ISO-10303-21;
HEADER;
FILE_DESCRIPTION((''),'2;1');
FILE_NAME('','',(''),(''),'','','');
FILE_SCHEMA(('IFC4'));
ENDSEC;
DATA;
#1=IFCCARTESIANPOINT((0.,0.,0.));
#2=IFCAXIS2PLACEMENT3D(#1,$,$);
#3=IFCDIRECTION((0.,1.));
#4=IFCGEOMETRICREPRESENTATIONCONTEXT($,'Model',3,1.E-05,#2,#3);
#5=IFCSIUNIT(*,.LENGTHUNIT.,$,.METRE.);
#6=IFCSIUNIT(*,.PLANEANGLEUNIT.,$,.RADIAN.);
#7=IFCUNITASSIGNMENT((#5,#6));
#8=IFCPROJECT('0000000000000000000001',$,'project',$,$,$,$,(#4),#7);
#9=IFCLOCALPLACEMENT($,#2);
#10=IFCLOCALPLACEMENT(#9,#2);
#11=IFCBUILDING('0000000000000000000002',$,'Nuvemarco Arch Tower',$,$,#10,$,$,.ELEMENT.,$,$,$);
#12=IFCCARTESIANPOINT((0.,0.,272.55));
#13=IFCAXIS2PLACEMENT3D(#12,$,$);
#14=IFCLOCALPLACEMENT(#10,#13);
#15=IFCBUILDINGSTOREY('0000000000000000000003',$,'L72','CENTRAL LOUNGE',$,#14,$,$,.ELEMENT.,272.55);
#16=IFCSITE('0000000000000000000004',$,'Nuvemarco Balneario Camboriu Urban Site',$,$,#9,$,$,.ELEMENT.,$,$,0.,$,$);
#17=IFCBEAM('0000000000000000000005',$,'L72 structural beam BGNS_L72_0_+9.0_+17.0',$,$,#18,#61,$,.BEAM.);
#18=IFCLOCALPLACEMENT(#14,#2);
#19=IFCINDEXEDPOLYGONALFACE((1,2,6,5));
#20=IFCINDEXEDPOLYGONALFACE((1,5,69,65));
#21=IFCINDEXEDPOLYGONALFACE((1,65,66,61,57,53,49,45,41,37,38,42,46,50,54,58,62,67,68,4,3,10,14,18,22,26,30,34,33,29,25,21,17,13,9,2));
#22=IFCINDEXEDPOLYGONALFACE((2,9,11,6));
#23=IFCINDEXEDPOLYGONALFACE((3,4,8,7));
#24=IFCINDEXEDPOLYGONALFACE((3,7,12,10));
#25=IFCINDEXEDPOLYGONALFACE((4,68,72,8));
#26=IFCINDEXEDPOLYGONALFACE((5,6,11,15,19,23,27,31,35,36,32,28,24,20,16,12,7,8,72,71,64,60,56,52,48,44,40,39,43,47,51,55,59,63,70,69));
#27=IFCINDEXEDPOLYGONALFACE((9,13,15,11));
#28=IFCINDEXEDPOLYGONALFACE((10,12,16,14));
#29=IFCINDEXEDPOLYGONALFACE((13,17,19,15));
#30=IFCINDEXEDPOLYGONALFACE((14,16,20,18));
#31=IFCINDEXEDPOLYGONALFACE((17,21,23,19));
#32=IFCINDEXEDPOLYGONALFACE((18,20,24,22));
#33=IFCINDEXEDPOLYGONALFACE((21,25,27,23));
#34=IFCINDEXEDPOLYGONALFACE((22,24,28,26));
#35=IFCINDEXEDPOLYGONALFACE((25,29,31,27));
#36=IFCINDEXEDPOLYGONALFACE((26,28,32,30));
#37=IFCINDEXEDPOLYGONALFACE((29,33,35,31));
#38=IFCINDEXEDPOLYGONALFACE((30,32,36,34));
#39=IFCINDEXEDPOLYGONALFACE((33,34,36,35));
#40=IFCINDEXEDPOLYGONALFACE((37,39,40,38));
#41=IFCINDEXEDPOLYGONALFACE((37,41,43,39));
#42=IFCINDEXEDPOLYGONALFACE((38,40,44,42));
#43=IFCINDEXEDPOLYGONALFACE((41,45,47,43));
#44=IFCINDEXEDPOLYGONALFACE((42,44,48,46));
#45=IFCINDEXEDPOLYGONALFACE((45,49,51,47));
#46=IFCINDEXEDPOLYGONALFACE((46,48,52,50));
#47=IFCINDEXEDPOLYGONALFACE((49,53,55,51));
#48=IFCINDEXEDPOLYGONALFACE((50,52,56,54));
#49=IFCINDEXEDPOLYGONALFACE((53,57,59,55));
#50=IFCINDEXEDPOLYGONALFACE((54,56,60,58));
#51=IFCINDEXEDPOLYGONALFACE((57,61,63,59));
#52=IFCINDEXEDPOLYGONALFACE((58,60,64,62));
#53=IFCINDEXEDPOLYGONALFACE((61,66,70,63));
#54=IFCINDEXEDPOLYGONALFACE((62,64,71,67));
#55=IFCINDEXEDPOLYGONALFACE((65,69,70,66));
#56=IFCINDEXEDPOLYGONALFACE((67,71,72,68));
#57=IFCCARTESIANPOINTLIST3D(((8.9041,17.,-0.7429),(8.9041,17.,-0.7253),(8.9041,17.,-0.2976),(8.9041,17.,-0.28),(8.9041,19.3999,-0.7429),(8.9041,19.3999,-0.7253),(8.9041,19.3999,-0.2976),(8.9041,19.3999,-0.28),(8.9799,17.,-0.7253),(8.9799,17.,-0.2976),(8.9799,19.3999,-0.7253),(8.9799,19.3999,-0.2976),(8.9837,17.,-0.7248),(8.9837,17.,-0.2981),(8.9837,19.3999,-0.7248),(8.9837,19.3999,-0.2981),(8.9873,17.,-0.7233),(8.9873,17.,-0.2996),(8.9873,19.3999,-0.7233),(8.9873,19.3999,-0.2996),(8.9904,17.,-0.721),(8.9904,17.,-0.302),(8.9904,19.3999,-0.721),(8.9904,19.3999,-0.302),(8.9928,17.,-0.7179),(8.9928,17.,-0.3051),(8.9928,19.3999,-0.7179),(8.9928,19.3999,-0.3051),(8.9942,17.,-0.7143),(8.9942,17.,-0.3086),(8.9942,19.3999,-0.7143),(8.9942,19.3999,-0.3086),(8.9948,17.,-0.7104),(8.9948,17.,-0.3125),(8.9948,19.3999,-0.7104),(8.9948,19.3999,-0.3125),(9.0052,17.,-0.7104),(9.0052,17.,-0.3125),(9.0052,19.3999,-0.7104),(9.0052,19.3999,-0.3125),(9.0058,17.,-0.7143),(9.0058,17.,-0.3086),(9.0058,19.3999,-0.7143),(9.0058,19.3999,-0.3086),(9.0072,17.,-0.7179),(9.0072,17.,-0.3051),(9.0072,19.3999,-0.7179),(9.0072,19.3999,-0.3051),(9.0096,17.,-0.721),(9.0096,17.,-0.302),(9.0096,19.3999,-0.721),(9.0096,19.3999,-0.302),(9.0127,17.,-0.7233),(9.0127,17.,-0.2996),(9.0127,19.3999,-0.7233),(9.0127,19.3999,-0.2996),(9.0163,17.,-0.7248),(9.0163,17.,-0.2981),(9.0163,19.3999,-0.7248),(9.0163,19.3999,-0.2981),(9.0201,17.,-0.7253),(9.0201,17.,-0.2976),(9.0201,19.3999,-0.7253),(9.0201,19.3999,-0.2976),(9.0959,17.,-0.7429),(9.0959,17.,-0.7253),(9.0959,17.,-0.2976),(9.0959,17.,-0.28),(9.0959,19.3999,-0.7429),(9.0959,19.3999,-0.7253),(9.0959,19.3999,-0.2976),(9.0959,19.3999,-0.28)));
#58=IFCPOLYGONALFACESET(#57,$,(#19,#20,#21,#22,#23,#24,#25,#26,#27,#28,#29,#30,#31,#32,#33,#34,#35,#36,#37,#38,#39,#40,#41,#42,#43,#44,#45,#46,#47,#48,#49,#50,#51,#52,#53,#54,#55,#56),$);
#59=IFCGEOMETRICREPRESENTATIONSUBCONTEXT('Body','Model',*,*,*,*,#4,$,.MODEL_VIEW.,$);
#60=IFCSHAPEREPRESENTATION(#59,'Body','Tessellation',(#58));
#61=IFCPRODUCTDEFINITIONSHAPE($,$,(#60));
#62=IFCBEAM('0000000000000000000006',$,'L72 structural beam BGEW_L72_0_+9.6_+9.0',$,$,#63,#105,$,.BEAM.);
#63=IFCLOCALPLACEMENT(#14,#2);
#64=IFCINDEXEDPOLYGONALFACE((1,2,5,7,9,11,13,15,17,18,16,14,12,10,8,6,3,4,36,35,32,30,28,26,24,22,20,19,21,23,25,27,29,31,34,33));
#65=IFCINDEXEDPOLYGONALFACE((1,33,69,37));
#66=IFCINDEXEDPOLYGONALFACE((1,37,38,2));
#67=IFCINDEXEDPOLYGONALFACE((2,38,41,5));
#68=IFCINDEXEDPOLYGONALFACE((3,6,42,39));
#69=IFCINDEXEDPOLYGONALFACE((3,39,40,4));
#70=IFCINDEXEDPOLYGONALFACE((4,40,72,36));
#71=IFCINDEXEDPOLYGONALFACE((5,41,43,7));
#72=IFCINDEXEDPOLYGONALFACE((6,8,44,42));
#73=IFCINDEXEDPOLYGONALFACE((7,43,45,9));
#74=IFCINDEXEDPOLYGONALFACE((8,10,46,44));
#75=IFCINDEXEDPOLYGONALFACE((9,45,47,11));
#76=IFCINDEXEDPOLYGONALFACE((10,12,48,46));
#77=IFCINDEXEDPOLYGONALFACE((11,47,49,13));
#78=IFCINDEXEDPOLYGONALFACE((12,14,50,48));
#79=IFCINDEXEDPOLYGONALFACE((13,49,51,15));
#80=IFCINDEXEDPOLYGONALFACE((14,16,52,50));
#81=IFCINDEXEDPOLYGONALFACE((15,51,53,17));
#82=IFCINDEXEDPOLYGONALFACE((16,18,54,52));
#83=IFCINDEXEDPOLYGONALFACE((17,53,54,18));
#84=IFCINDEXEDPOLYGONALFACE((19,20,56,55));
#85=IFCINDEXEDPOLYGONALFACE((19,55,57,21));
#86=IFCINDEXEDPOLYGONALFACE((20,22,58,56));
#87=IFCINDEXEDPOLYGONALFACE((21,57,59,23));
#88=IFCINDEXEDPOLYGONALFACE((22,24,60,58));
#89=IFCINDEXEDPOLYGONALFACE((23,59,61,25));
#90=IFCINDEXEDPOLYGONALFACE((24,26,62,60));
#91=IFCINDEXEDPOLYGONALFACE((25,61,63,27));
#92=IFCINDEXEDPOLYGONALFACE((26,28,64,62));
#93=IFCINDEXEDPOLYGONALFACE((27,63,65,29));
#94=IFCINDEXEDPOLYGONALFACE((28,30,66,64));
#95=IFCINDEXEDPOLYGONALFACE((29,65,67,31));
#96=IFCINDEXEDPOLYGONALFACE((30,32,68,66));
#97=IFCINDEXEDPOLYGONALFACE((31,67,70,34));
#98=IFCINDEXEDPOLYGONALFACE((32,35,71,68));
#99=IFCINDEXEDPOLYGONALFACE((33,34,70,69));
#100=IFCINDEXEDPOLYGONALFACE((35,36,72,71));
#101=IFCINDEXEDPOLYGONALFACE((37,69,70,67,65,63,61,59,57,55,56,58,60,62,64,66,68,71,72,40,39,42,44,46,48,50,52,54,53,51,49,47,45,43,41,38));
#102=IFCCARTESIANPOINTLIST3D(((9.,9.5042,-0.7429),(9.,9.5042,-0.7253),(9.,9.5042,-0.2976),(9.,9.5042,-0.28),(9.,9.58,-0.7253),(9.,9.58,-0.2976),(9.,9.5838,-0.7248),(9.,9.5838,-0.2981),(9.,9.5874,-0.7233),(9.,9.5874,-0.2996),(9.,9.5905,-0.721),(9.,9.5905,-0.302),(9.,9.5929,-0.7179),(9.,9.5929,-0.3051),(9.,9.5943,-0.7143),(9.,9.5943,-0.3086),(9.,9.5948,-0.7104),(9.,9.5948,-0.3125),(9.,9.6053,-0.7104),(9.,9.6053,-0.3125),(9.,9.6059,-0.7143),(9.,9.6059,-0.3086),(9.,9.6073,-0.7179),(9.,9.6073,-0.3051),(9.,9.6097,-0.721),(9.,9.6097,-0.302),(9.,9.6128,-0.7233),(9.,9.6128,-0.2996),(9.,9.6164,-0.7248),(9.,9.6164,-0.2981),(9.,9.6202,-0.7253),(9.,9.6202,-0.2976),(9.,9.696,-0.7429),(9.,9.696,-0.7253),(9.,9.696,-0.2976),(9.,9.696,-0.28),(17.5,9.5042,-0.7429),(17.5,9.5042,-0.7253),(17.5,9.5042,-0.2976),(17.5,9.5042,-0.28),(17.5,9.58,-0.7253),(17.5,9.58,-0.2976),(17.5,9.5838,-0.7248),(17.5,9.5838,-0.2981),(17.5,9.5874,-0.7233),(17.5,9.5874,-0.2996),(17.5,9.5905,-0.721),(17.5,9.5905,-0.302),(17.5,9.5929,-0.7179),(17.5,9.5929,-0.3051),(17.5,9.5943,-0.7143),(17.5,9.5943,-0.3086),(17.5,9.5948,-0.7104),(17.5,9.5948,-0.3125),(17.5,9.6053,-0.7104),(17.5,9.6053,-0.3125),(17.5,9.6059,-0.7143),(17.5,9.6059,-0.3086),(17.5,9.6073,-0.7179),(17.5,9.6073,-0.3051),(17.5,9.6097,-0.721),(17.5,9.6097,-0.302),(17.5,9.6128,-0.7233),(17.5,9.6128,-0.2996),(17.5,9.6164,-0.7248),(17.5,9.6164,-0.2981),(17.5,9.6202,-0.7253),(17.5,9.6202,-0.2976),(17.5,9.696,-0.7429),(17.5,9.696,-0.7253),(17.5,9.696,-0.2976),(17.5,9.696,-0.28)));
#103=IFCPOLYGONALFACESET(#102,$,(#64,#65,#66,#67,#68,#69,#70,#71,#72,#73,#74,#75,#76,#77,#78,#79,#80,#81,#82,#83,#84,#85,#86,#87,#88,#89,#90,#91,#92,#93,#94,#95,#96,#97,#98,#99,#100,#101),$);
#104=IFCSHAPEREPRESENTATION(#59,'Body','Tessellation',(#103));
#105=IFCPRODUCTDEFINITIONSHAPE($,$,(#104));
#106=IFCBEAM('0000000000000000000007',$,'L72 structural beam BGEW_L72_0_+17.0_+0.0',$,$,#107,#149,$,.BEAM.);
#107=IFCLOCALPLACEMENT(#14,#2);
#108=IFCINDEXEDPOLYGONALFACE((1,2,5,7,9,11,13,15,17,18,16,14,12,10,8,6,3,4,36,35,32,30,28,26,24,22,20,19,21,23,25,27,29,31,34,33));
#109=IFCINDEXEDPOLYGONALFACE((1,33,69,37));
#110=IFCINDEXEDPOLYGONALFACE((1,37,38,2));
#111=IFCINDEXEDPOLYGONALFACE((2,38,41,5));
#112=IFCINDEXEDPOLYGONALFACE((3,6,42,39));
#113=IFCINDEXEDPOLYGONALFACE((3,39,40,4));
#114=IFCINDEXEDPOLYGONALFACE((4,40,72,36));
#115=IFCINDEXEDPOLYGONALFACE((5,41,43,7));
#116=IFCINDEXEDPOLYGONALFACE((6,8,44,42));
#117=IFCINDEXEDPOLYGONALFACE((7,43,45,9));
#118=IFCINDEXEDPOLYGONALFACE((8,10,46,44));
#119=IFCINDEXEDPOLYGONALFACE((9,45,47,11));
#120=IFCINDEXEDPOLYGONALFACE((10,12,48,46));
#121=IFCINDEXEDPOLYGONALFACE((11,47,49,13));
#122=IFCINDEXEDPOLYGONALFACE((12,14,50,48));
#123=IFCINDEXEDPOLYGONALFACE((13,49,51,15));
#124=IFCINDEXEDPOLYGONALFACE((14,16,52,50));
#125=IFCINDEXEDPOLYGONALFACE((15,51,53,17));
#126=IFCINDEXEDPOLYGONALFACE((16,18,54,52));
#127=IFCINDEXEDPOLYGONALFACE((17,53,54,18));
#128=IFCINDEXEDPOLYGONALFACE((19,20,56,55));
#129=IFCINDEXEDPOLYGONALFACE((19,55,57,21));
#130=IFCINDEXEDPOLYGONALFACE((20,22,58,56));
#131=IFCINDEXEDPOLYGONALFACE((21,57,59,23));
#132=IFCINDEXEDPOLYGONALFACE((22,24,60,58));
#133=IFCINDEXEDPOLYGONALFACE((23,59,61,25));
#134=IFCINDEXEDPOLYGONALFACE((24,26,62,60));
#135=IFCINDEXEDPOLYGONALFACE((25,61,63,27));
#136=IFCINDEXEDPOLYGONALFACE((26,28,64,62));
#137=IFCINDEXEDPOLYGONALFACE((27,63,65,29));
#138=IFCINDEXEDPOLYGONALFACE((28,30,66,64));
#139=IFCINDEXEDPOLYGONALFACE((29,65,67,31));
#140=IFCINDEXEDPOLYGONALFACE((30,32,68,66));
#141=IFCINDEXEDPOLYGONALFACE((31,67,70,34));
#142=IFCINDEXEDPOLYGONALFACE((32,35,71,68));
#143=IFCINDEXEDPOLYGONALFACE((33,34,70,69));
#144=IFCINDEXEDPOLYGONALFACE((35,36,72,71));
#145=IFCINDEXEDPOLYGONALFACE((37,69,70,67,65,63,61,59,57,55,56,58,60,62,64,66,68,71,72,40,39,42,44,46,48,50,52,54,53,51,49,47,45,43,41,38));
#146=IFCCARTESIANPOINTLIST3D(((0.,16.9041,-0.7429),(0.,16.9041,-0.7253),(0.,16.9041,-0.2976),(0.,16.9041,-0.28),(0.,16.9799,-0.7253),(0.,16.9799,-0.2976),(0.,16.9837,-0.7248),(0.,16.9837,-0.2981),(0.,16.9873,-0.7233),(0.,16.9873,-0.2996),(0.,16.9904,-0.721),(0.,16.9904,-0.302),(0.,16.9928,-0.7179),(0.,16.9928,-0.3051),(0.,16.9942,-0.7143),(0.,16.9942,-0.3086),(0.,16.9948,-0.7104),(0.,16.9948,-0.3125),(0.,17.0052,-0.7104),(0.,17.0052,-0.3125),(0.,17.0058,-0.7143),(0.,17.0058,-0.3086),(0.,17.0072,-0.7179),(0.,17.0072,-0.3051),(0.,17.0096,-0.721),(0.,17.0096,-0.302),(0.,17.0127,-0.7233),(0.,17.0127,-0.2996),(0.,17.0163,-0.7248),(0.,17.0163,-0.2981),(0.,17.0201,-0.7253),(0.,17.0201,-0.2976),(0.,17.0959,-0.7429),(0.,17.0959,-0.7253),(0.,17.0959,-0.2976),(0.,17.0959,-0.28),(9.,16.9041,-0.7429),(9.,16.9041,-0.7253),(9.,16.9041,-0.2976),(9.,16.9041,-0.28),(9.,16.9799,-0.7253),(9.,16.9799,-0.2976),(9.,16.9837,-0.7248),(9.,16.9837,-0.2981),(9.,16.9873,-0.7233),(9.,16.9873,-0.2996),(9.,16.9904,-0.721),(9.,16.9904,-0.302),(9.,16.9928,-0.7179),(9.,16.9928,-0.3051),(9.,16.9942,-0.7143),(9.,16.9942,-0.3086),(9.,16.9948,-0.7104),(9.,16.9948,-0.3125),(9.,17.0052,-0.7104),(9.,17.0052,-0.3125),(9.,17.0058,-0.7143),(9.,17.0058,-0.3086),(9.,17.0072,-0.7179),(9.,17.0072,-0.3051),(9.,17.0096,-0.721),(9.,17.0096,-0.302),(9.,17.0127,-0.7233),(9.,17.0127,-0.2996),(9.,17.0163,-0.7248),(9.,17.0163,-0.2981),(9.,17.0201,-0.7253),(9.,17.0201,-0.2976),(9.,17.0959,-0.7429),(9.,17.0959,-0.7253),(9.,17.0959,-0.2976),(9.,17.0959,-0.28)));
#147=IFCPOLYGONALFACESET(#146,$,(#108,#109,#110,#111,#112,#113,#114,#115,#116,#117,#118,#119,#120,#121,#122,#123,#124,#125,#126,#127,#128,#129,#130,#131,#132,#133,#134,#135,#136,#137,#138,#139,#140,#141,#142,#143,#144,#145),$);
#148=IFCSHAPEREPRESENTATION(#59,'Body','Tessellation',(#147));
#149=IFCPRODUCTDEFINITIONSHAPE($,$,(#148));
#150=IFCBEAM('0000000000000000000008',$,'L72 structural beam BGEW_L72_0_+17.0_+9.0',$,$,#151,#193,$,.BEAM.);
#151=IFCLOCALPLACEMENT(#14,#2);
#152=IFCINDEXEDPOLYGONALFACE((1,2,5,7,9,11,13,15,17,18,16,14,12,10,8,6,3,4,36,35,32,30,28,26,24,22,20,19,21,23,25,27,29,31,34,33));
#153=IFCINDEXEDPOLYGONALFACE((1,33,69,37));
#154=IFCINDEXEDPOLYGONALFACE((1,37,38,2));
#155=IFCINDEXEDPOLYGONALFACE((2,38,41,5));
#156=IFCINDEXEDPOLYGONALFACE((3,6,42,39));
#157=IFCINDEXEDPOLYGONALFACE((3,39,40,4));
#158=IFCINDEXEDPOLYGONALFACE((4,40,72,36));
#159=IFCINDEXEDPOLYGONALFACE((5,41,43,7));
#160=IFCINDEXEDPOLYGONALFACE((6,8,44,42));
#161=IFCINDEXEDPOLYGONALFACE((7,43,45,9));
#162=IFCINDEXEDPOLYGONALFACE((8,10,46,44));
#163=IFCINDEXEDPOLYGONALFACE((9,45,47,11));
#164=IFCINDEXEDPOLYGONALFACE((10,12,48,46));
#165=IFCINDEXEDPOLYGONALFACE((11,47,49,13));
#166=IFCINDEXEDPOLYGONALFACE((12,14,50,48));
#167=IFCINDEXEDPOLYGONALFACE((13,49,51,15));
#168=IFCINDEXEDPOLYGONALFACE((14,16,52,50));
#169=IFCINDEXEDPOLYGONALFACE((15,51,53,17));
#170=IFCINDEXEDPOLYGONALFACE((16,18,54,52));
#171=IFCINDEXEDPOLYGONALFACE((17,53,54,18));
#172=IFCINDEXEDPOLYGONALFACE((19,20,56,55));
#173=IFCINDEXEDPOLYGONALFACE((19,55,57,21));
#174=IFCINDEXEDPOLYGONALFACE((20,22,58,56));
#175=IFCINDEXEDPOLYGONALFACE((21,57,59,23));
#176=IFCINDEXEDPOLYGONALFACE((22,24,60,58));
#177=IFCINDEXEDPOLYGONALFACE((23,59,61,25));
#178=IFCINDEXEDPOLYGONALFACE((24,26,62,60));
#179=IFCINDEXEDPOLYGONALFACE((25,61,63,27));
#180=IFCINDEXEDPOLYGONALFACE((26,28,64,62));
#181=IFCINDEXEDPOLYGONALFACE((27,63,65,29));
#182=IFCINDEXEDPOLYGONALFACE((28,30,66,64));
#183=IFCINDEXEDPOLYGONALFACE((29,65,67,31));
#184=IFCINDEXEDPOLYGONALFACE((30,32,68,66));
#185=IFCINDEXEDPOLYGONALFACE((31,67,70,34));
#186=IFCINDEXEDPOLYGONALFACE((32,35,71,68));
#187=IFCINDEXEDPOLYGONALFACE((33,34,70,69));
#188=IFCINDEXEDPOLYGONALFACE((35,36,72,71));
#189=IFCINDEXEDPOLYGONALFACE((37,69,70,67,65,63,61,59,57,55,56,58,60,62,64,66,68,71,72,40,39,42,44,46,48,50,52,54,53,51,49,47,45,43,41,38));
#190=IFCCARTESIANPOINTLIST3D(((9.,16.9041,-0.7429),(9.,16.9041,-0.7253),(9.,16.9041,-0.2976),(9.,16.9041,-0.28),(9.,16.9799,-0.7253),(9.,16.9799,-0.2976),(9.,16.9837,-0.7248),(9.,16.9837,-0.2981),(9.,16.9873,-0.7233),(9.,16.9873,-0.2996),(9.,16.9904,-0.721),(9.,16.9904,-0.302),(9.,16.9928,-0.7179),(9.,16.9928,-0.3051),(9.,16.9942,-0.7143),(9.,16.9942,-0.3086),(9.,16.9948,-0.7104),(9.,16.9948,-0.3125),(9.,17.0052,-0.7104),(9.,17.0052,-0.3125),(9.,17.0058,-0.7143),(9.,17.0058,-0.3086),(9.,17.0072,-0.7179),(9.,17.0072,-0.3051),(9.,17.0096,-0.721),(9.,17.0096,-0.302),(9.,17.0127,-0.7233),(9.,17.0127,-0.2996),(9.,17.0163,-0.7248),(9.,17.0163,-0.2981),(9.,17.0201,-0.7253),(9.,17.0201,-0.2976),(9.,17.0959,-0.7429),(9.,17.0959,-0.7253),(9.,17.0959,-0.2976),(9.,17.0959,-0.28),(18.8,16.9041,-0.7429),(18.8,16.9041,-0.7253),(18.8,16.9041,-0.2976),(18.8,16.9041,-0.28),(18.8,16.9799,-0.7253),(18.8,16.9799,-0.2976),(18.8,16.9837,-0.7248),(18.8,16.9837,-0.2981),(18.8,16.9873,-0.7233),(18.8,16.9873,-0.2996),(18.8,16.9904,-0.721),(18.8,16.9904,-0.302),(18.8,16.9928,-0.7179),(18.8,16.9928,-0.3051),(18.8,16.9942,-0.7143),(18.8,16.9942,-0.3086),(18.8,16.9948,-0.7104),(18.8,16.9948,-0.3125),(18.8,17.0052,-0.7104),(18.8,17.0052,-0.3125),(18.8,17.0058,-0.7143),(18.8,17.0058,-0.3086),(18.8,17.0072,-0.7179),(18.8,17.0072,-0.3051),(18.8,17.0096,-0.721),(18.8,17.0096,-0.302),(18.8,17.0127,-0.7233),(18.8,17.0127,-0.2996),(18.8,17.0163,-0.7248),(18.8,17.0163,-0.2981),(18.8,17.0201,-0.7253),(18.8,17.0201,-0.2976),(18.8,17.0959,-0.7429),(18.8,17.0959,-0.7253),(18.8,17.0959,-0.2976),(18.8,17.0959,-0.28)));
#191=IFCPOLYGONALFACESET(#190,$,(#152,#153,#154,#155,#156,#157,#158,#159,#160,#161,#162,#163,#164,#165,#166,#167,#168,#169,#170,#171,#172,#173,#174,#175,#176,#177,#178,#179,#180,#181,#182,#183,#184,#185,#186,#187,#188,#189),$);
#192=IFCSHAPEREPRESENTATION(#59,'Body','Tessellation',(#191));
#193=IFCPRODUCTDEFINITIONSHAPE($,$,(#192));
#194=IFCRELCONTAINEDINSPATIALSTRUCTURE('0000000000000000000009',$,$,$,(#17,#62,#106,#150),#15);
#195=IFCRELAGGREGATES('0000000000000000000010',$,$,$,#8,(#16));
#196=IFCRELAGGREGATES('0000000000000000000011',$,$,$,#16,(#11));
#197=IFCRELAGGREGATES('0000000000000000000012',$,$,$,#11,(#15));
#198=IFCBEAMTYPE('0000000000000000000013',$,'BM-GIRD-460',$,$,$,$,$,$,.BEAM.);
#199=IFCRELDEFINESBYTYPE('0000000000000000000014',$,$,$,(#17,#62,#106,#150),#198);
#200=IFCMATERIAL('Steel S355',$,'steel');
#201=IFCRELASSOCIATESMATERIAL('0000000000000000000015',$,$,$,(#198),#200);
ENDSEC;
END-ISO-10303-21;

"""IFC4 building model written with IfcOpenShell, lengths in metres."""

from ifc_helpers import new_model, si_unit, direction, frame, origin, origin_2d, place, context, subcontext, project, spatial, i_section, extrude, material, material_profile, profile_set, type_object, element, save


model = new_model("IFC4")

# Units and contexts
model_context = context("Model", 3, precision=1e-05, world=origin(), true_north=direction((0.0, 1.0)))
body_context = subcontext(model_context, "Body", "Model", "MODEL_VIEW")
ifc_project = project(units=[si_unit("LENGTHUNIT", "METRE"), si_unit("PLANEANGLEUNIT", "RADIAN")], contexts=[model_context])

# Site, building, storey
site_placement = place(None, origin())
site = spatial("IfcSite", under=ifc_project, at=site_placement, Name="Nuvemarco Balneario Camboriu Urban Site", CompositionType="ELEMENT", RefElevation=0.0)
building_placement = place(site_placement, origin())
building = spatial("IfcBuilding", under=site, at=building_placement, Name="Nuvemarco Arch Tower", CompositionType="ELEMENT")
storey_placement = place(building_placement, frame((0.0, 0.0, 272.55)))
storey = spatial("IfcBuildingStorey", under=building, at=storey_placement, Name="L72", Description="CENTRAL LOUNGE", CompositionType="ELEMENT", Elevation=272.55)

# Shared definitions
ifc_material_1 = material(Name="Steel S355", Category="steel")

# Beams
ifc_material_profile_1 = material_profile(ifc_material_1, i_section(OverallWidth=0.1919, OverallDepth=0.4629, WebThickness=0.0105, FlangeThickness=0.0176, FilletRadius=0.0149, at=origin_2d()), Name="W460x89")
ifc_profile_set_1 = profile_set([ifc_material_profile_1], Name="Steel S355")
beam_type_1 = type_object("IfcBeamType", Name="BM-GIRD-460", PredefinedType="BEAM", material=ifc_profile_set_1)
beam_1_placement = place(storey_placement, frame((9.0, 17.0, -0.5115), z_axis=(0.0, 1.0, 0.0), x_axis=(-1.0, 0.0, 0.0)))
element("IfcBeam", 1, at=beam_1_placement, inside=storey, type_object=beam_type_1, Name="L72 structural beam BGNS_L72_0_+9.0_+17.0", PredefinedType="BEAM", context=body_context, shape_type="SweptSolid", body=[
    extrude(i_section(OverallWidth=0.1919, OverallDepth=0.4629, WebThickness=0.0105, FlangeThickness=0.0176, FilletRadius=0.0149, at=origin_2d()), origin(), (0.0, 0.0, 1.0), 2.3999),
])
beam_2_placement = place(storey_placement, frame((9.0, 9.6001, -0.5115), z_axis=(1.0, 0.0, 0.0), x_axis=(0.0, 1.0, 0.0)))
element("IfcBeam", 2, at=beam_2_placement, inside=storey, type_object=beam_type_1, Name="L72 structural beam BGEW_L72_0_+9.6_+9.0", PredefinedType="BEAM", context=body_context, shape_type="SweptSolid", body=[
    extrude(i_section(OverallWidth=0.1919, OverallDepth=0.4629, WebThickness=0.0105, FlangeThickness=0.0176, FilletRadius=0.0149, at=origin_2d()), origin(), (0.0, 0.0, 1.0), 8.5),
])
beam_3_placement = place(storey_placement, frame((0.0, 17.0, -0.5115), z_axis=(1.0, 0.0, 0.0), x_axis=(0.0, 1.0, 0.0)))
element("IfcBeam", 3, at=beam_3_placement, inside=storey, type_object=beam_type_1, Name="L72 structural beam BGEW_L72_0_+17.0_+0.0", PredefinedType="BEAM", context=body_context, shape_type="SweptSolid", body=[
    extrude(i_section(OverallWidth=0.1919, OverallDepth=0.4629, WebThickness=0.0105, FlangeThickness=0.0176, FilletRadius=0.0149, at=origin_2d()), origin(), (0.0, 0.0, 1.0), 9.0),
])
beam_4_placement = place(storey_placement, frame((9.0, 17.0, -0.5115), z_axis=(1.0, 0.0, 0.0), x_axis=(0.0, 1.0, 0.0)))
element("IfcBeam", 4, at=beam_4_placement, inside=storey, type_object=beam_type_1, Name="L72 structural beam BGEW_L72_0_+17.0_+9.0", PredefinedType="BEAM", context=body_context, shape_type="SweptSolid", body=[
    extrude(i_section(OverallWidth=0.1919, OverallDepth=0.4629, WebThickness=0.0105, FlangeThickness=0.0176, FilletRadius=0.0149, at=origin_2d()), origin(), (0.0, 0.0, 1.0), 9.8),
])

save(model, "model.ifc")
